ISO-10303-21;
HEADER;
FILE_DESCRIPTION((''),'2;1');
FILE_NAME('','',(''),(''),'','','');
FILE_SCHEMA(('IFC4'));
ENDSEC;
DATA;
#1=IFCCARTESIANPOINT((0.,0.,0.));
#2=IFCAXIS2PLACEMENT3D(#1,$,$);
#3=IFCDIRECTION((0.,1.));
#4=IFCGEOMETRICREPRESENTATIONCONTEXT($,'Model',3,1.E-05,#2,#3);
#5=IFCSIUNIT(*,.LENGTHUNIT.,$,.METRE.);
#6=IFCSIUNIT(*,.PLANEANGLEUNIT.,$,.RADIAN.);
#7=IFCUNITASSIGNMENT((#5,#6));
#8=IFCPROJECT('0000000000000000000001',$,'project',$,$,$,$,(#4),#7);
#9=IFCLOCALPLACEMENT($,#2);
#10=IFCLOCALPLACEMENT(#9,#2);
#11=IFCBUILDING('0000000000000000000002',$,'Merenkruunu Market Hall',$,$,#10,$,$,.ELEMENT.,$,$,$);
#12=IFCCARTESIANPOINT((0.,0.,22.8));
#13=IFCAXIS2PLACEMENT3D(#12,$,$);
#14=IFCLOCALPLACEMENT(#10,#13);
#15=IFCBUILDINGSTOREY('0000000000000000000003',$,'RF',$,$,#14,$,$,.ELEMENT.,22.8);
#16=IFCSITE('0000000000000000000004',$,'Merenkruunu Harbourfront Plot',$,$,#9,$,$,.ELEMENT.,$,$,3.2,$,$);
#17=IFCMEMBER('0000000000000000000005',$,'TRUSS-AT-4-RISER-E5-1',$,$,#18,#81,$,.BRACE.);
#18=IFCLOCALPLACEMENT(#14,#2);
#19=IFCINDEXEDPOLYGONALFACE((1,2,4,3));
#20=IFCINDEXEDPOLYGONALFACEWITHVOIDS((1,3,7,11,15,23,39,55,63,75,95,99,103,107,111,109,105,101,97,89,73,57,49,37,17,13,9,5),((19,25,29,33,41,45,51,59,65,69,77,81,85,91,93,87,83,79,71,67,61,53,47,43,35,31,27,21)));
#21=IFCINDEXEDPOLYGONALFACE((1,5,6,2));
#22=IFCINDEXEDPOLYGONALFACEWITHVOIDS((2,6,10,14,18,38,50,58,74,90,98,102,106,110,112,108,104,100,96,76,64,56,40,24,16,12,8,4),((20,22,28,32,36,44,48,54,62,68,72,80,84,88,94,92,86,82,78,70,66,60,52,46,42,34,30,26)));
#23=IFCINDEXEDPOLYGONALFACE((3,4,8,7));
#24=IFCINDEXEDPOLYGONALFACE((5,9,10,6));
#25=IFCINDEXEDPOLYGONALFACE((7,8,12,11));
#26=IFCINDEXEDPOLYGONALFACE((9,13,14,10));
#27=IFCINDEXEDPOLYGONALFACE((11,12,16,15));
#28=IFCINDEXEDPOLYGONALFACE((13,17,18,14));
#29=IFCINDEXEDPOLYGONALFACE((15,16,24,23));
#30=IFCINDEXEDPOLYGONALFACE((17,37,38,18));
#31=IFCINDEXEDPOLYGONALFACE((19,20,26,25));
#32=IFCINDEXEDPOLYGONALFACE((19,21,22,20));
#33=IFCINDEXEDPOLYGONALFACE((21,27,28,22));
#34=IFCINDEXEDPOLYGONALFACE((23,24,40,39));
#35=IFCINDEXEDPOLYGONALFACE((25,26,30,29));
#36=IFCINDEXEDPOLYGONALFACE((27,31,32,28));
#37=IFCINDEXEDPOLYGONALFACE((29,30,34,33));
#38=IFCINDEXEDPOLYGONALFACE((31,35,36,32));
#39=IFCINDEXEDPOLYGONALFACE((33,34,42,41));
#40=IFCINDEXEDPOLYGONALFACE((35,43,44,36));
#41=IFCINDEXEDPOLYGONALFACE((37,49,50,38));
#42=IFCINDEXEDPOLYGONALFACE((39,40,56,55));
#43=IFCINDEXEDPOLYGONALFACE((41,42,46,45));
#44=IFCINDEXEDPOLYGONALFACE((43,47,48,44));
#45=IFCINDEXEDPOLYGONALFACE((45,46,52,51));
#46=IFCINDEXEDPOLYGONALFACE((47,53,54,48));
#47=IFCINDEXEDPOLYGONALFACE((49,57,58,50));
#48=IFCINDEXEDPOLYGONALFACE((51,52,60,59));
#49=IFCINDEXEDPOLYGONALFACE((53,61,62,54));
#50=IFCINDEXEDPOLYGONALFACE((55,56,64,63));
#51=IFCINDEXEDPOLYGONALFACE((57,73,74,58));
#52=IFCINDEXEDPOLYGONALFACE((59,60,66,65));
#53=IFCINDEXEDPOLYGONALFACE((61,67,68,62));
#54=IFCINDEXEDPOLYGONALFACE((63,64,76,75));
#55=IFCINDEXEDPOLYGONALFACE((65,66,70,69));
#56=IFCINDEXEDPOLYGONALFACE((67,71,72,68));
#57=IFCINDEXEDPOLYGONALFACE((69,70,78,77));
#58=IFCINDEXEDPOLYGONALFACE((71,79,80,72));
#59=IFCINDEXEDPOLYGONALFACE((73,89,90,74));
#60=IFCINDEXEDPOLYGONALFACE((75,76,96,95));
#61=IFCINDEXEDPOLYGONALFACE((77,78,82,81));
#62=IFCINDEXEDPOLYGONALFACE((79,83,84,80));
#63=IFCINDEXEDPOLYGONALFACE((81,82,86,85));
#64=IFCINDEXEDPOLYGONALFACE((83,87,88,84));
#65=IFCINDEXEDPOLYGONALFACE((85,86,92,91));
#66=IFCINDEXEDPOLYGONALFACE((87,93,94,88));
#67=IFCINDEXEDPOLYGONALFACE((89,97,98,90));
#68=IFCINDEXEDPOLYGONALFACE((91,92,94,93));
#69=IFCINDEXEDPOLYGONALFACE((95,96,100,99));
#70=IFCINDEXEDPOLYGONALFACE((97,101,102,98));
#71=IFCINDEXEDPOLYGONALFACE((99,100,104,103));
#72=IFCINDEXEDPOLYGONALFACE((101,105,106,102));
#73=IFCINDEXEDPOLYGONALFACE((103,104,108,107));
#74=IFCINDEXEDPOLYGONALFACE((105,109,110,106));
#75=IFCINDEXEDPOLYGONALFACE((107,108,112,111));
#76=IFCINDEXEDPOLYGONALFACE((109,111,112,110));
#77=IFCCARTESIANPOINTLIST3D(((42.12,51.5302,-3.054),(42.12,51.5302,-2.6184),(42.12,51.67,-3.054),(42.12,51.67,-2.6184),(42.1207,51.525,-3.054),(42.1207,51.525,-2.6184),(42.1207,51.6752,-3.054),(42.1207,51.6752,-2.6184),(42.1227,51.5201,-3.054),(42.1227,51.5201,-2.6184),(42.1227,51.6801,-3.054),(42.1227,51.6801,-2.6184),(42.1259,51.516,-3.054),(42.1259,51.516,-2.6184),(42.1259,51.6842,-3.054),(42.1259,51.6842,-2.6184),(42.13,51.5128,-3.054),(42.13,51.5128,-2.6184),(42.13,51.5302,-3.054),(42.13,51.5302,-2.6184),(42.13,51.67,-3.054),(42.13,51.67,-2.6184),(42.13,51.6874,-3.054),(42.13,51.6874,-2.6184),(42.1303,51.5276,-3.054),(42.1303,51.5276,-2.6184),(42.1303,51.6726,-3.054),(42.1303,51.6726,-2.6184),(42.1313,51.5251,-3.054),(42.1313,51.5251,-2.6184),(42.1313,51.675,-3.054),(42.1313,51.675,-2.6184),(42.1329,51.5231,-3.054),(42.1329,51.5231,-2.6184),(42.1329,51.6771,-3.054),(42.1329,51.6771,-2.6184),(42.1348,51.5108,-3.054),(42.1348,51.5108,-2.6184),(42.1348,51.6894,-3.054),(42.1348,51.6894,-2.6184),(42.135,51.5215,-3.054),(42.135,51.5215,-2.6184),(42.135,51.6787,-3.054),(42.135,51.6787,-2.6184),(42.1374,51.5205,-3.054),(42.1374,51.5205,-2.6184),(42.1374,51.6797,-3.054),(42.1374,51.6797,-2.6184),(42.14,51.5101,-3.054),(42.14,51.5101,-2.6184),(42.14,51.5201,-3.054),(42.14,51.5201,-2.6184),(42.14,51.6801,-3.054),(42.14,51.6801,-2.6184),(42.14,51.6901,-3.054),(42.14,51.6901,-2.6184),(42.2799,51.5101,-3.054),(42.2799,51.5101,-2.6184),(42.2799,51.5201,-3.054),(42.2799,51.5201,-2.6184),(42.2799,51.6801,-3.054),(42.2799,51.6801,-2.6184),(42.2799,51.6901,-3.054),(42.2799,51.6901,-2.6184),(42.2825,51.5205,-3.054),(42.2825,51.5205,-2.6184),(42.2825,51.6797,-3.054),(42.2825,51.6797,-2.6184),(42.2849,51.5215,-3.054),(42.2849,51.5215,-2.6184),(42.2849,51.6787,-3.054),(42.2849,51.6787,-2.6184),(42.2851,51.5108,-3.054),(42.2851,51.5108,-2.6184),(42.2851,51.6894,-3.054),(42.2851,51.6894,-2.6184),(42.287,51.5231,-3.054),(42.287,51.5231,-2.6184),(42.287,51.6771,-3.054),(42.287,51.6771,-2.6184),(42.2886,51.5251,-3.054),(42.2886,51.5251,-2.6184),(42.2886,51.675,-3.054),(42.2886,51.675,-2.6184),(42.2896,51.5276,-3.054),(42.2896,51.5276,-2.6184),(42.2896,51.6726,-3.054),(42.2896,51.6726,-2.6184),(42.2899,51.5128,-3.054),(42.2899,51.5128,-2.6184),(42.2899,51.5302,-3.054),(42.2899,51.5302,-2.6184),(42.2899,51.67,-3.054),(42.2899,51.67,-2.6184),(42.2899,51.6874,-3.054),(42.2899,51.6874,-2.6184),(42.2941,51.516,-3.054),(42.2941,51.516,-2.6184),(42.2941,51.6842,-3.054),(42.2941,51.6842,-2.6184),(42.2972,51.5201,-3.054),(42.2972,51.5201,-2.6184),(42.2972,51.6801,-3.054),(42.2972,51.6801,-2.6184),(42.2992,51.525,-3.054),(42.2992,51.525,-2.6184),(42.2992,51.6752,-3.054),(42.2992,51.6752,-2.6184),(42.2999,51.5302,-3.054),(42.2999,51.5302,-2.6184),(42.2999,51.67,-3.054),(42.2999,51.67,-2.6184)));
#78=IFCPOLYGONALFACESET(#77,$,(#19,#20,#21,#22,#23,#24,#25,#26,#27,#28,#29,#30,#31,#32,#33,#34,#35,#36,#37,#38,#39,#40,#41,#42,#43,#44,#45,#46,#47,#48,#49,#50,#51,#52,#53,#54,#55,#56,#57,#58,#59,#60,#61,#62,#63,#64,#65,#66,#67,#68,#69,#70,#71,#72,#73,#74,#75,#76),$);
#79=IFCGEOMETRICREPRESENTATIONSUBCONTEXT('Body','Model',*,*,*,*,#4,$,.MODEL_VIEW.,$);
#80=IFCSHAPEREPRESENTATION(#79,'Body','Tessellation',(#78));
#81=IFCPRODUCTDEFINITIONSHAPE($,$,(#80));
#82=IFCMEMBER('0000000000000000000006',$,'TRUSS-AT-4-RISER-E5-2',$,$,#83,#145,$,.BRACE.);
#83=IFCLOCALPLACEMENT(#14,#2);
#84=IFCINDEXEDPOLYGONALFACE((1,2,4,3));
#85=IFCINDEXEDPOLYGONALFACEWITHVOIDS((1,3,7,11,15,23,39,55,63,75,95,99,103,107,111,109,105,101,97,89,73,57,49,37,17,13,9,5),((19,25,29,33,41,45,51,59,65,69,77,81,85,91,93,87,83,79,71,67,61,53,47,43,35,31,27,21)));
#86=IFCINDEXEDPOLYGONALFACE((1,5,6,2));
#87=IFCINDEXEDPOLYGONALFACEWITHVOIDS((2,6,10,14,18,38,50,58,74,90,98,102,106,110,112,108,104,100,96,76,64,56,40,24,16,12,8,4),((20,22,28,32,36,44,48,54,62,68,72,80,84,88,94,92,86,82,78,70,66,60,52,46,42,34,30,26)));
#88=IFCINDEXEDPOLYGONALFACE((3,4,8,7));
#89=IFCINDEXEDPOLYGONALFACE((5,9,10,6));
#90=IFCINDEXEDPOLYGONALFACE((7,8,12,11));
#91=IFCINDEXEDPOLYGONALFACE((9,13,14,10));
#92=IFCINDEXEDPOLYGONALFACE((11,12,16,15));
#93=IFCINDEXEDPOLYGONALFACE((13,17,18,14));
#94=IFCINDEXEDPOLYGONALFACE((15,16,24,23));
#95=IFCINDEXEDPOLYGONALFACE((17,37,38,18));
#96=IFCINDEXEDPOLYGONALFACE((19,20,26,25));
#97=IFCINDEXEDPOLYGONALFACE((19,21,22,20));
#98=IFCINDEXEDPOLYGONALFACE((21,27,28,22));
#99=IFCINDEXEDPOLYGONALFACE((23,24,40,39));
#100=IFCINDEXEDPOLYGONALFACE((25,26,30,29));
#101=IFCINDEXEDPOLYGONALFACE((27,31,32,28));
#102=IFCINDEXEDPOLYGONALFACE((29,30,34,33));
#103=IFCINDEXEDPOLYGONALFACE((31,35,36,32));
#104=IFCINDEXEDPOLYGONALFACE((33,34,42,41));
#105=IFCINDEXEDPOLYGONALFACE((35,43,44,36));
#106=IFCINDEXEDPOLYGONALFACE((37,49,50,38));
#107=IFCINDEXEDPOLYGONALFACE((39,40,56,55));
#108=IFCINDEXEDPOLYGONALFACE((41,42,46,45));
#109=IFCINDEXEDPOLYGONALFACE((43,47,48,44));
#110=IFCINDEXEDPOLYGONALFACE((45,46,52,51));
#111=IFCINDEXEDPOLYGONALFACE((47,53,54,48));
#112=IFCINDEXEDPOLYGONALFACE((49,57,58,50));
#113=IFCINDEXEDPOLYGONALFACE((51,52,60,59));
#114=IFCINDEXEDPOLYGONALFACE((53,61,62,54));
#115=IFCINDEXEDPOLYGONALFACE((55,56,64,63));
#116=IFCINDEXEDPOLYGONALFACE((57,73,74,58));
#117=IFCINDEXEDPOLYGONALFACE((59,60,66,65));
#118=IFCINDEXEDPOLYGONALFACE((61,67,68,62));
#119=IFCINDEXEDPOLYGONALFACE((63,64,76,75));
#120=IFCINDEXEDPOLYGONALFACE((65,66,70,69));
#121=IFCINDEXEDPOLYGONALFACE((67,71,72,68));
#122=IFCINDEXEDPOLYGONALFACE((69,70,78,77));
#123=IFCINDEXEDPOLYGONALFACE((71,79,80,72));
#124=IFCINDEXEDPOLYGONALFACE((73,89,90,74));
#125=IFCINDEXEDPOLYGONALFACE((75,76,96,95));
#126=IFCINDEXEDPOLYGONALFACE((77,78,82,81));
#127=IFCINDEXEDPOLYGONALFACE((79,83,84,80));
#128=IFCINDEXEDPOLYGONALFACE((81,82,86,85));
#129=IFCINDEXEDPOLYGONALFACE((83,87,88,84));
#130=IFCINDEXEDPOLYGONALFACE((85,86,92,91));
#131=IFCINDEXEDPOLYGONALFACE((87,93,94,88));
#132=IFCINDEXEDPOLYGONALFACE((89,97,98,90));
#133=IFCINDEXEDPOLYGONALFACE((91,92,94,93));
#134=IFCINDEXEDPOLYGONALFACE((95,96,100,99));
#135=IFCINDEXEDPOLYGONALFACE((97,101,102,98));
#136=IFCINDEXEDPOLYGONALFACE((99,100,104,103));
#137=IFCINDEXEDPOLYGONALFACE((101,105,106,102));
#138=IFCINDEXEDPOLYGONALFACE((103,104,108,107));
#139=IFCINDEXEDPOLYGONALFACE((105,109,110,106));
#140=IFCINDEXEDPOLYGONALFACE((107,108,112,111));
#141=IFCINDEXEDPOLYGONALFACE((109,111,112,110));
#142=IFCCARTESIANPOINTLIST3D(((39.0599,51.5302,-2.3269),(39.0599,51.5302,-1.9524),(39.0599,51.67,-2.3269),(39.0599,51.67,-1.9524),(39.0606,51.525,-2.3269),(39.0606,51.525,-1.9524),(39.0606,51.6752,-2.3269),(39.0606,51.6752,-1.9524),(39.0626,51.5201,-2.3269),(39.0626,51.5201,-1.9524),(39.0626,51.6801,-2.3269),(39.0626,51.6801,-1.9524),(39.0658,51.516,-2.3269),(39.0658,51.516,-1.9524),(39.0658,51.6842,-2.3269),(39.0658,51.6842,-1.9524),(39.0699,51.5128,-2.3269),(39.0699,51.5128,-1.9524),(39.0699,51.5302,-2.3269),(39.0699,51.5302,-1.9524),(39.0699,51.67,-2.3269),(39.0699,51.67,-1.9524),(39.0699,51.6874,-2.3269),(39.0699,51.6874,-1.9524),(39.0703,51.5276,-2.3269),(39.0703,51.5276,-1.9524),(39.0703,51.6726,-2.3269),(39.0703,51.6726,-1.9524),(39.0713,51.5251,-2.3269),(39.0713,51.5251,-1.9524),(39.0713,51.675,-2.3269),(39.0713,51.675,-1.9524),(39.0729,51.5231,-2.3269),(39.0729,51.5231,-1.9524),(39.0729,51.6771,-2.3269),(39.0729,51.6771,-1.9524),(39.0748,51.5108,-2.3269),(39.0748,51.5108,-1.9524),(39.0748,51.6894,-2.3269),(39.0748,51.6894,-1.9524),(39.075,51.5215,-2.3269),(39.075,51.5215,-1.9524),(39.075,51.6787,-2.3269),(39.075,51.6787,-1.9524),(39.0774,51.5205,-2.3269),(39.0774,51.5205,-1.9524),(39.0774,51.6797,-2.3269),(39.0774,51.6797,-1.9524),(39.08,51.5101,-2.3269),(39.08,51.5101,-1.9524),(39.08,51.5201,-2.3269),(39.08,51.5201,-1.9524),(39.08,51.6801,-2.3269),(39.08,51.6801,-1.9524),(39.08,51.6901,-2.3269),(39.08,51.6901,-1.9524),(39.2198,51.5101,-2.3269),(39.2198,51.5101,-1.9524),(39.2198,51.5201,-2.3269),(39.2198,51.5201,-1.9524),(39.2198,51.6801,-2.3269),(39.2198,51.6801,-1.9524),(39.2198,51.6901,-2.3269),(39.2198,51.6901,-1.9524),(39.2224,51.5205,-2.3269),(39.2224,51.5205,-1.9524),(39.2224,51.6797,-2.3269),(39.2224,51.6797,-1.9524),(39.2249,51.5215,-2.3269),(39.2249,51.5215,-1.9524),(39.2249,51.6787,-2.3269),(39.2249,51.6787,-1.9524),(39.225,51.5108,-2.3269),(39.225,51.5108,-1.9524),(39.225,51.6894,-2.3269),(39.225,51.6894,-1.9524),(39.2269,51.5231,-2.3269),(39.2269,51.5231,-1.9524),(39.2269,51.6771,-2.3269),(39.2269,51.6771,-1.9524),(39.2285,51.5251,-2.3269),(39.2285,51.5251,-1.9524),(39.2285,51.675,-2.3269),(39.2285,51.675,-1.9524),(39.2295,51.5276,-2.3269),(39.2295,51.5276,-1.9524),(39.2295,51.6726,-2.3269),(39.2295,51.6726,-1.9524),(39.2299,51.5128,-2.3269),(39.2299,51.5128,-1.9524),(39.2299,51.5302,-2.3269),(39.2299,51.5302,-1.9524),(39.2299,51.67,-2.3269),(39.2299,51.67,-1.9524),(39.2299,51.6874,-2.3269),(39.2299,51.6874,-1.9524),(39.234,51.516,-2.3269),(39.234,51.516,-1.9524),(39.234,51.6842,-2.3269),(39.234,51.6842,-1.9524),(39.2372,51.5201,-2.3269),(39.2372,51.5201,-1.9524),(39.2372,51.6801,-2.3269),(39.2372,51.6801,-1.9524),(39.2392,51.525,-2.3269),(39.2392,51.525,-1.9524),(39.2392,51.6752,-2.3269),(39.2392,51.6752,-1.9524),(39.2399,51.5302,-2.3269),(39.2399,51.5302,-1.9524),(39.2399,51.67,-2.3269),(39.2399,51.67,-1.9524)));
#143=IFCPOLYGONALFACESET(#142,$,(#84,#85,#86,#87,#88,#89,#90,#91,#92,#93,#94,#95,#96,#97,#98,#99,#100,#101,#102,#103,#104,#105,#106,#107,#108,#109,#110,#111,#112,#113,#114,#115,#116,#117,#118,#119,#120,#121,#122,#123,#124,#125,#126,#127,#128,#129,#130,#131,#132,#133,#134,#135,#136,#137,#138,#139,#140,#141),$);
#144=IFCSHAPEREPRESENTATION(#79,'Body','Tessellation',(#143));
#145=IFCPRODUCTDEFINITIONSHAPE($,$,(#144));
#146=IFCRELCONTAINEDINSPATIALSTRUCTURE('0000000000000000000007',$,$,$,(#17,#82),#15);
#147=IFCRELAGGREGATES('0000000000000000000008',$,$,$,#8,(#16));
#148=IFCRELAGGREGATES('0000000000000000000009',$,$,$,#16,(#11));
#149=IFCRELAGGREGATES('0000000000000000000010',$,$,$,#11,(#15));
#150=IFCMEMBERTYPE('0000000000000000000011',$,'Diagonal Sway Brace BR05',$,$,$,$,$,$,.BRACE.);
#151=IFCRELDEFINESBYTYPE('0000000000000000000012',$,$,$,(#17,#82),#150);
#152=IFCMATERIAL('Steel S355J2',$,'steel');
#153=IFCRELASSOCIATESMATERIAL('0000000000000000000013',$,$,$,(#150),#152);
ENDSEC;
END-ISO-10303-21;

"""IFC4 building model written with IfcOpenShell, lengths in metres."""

from ifc_helpers import new_model, si_unit, direction, frame, origin, origin_2d, place, context, subcontext, project, spatial, hollow_rectangle, extrude, material, material_profile, profile_set, type_object, element, save


model = new_model("IFC4")

# Units and contexts
model_context = context("Model", 3, precision=1e-05, world=origin(), true_north=direction((0.0, 1.0)))
body_context = subcontext(model_context, "Body", "Model", "MODEL_VIEW")
ifc_project = project(units=[si_unit("LENGTHUNIT", "METRE"), si_unit("PLANEANGLEUNIT", "RADIAN")], contexts=[model_context])

# Site, building, storey
site_placement = place(None, origin())
site = spatial("IfcSite", under=ifc_project, at=site_placement, Name="Merenkruunu Harbourfront Plot", CompositionType="ELEMENT", RefElevation=3.2)
building_placement = place(site_placement, origin())
building = spatial("IfcBuilding", under=site, at=building_placement, Name="Merenkruunu Market Hall", CompositionType="ELEMENT")
storey_placement = place(building_placement, frame((0.0, 0.0, 22.8)))
storey = spatial("IfcBuildingStorey", under=building, at=storey_placement, Name="RF", CompositionType="ELEMENT", Elevation=22.8)

# Members
ifc_material_1 = material(Name="Steel S355J2", Category="steel")
ifc_material_profile_1 = material_profile(ifc_material_1, hollow_rectangle(XDim=0.1799, YDim=0.1799, WallThickness=0.01, InnerFilletRadius=0.01, OuterFilletRadius=0.02, at=origin_2d()), Name="SHS 180x180x10")
ifc_profile_set_1 = profile_set([ifc_material_profile_1], Name="Steel S355J2")
member_type_1 = type_object("IfcMemberType", Name="Diagonal Sway Brace BR05", PredefinedType="BRACE", material=ifc_profile_set_1)
member_1_placement = place(storey_placement, frame((42.21, 51.6001, -3.054), z_axis=(0.0, 0.0, 1.0), x_axis=(1.0, 0.0, 0.0)))
element("IfcMember", 1, at=member_1_placement, inside=storey, type_object=member_type_1, Name="TRUSS-AT-4-RISER-E5-1", PredefinedType="BRACE", context=body_context, shape_type="SweptSolid", body=[
    extrude(hollow_rectangle(XDim=0.1799, YDim=0.1799, WallThickness=0.01, InnerFilletRadius=0.01, OuterFilletRadius=0.02, at=origin_2d()), origin(), (0.0, 0.0, 1.0), 0.4355),
])
member_2_placement = place(storey_placement, frame((39.1499, 51.6001, -2.3269), z_axis=(0.0, 0.0, 1.0), x_axis=(1.0, 0.0, 0.0)))
element("IfcMember", 2, at=member_2_placement, inside=storey, type_object=member_type_1, Name="TRUSS-AT-4-RISER-E5-2", PredefinedType="BRACE", context=body_context, shape_type="SweptSolid", body=[
    extrude(hollow_rectangle(XDim=0.1799, YDim=0.1799, WallThickness=0.01, InnerFilletRadius=0.01, OuterFilletRadius=0.02, at=origin_2d()), origin(), (0.0, 0.0, 1.0), 0.3745),
])

save(model, "model.ifc")
